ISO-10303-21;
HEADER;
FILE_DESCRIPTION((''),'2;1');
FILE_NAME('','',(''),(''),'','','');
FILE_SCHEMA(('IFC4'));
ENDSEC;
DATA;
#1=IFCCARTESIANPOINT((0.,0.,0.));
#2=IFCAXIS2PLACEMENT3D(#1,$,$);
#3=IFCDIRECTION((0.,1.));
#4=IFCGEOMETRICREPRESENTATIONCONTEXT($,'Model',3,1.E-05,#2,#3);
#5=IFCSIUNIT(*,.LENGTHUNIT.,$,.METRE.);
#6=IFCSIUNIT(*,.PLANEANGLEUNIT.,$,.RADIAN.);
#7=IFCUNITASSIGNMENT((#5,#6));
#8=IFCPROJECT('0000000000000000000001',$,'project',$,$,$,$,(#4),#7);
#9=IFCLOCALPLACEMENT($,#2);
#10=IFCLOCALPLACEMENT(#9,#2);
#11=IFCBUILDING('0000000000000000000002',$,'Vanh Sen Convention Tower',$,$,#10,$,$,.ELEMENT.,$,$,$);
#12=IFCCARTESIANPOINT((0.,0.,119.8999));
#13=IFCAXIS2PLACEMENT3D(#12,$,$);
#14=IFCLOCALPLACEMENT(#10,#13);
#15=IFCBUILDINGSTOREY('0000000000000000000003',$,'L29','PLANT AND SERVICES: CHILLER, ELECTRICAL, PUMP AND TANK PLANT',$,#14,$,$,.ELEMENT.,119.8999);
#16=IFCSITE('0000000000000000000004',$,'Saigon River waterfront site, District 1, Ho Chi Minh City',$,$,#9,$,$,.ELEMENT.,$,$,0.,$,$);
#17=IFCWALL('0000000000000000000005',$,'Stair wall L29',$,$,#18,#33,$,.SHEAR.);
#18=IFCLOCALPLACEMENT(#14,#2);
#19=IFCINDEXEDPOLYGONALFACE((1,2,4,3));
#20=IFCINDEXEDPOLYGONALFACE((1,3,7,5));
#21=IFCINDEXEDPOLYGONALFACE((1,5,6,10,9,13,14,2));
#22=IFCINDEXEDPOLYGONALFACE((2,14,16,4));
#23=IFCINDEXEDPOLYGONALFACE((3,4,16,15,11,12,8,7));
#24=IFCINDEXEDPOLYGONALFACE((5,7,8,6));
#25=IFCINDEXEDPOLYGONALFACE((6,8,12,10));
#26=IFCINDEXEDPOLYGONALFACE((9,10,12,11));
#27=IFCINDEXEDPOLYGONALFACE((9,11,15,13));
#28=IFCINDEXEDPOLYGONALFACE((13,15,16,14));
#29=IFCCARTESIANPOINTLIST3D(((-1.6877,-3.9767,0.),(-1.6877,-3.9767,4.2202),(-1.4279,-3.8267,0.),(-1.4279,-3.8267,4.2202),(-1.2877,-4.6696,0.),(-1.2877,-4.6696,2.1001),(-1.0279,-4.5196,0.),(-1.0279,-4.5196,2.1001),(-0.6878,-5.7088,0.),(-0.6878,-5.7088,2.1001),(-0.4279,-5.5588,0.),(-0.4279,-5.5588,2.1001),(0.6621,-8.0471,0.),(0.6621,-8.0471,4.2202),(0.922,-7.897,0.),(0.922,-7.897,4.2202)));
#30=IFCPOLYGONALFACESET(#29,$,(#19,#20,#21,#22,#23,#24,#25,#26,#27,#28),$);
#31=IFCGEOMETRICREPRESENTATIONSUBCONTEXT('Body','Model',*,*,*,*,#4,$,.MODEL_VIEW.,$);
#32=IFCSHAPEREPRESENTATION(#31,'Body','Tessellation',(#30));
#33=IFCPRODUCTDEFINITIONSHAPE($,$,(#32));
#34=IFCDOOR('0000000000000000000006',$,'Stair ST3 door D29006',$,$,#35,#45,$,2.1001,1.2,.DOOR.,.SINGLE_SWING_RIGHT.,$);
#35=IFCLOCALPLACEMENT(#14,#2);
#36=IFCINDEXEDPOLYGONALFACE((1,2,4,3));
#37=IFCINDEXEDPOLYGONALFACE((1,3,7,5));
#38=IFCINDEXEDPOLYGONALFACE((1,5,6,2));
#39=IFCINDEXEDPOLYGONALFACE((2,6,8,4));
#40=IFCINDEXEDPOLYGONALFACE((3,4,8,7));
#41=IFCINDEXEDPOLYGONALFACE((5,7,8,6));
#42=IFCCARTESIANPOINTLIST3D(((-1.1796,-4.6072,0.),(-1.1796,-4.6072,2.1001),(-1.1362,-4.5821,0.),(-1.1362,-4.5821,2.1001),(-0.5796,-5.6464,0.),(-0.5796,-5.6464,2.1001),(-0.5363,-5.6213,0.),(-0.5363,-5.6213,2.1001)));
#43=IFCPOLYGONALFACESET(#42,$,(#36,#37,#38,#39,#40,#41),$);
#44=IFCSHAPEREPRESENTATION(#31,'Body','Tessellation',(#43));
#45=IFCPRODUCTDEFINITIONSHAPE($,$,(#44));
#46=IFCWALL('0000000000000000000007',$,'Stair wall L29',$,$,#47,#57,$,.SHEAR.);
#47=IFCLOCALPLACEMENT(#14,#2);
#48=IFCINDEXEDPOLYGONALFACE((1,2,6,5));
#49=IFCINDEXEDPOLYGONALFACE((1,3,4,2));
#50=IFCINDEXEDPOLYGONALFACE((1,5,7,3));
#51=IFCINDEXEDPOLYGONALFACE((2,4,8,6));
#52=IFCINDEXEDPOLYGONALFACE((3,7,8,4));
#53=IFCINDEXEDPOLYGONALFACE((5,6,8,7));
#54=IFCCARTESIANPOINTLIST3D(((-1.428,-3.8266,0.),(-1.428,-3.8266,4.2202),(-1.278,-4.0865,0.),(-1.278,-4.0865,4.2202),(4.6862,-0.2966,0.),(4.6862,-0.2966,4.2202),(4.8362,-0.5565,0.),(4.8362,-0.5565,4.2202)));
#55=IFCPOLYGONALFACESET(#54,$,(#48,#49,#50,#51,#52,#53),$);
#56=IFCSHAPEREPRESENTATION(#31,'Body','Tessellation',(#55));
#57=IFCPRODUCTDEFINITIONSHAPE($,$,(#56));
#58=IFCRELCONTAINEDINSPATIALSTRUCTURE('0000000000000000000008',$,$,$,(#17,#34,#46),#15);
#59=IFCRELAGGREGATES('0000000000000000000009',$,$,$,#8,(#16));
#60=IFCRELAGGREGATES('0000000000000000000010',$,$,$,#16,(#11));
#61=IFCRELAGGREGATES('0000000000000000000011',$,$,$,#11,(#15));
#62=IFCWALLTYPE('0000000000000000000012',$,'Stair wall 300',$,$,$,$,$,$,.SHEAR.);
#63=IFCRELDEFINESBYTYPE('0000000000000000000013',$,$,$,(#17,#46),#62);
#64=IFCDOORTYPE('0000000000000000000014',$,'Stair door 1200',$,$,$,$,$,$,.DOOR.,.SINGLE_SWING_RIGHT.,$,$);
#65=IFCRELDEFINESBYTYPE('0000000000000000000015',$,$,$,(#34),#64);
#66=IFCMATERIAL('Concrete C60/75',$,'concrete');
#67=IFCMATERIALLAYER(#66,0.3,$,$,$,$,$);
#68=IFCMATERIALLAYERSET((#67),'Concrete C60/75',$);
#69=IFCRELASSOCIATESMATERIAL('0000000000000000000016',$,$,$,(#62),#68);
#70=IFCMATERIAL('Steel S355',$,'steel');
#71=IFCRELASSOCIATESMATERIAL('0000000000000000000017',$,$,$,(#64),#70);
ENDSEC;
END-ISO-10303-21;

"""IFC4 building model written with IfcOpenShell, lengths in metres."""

from ifc_helpers import new_model, si_unit, direction, frame, frame_2d, origin, place, context, subcontext, project, spatial, rectangle, extrude, material, layer, layer_set, type_object, element, fill, save


model = new_model("IFC4")

# Units and contexts
model_context = context("Model", 3, precision=1e-05, world=origin(), true_north=direction((0.0, 1.0)))
body_context = subcontext(model_context, "Body", "Model", "MODEL_VIEW")
ifc_project = project(units=[si_unit("LENGTHUNIT", "METRE"), si_unit("PLANEANGLEUNIT", "RADIAN")], contexts=[model_context])

# Site, building, storey
site_placement = place(None, origin())
site = spatial("IfcSite", under=ifc_project, at=site_placement, Name="Saigon River waterfront site, District 1, Ho Chi Minh City", CompositionType="ELEMENT", RefElevation=0.0)
building_placement = place(site_placement, origin())
building = spatial("IfcBuilding", under=site, at=building_placement, Name="Vanh Sen Convention Tower", CompositionType="ELEMENT")
storey_placement = place(building_placement, frame((0.0, 0.0, 119.8999)))
storey = spatial("IfcBuildingStorey", under=building, at=storey_placement, Name="L29", Description="PLANT AND SERVICES: CHILLER, ELECTRICAL, PUMP AND TANK PLANT", CompositionType="ELEMENT", Elevation=119.8999)

# Shared definitions
ifc_material_1 = material(Name="Steel S355", Category="steel")

# Shared definitions
ifc_material_2 = material(Name="Concrete C60/75", Category="concrete")
ifc_layer_1 = layer(ifc_material_2, 0.3)
ifc_layer_set_1 = layer_set([ifc_layer_1], Name="Concrete C60/75")
wall_type_1 = type_object("IfcWallType", Name="Stair wall 300", PredefinedType="SHEAR", material=ifc_layer_set_1)

# Wall, opening, door
wall_1_placement = place(storey_placement, frame((-1.5579, -3.9016, 0.0), z_axis=(0.0, 0.0, 1.0), x_axis=(0.499977, -0.866039, 0.0)))
wall_1 = element("IfcWall", 1, at=wall_1_placement, inside=storey, type_object=wall_type_1, Name="Stair wall L29", PredefinedType="SHEAR", context=body_context, shape_type="SweptSolid", body=[
    extrude(rectangle(XDim=4.7, YDim=0.3, at=frame_2d((2.3501, 0.0))), origin(), (0.0, 0.0, 1.0), 4.2202),
])
opening_1_placement = place(wall_1_placement, frame((0.8, 0.0, 0.0)))
opening_1 = element("IfcOpeningElement", 2, at=opening_1_placement, cuts=wall_1, PredefinedType="OPENING", context=body_context, shape_type="SweptSolid", body=[
    extrude(rectangle(XDim=1.2, YDim=2.1001, at=frame_2d((0.6001, 1.05))), frame((0.0, 0.1599, 0.0), z_axis=(0.0, -1.0, 0.0), x_axis=(1.0, 0.0, 0.0)), (0.0, 0.0, 1.0), 0.3201),
])
door_type_1 = type_object("IfcDoorType", Name="Stair door 1200", OperationType="SINGLE_SWING_RIGHT", PredefinedType="DOOR", material=ifc_material_1)
door_1_placement = place(opening_1_placement, origin())
door_1 = element("IfcDoor", 3, at=door_1_placement, inside=storey, type_object=door_type_1, Name="Stair ST3 door D29006", OperationType="SINGLE_SWING_RIGHT", OverallHeight=2.1001, OverallWidth=1.2, PredefinedType="DOOR", context=body_context, shape_type="SweptSolid", body=[
    extrude(rectangle(XDim=1.2, YDim=2.1001, at=frame_2d((0.6001, 1.05))), frame((0.0, 0.0249, 0.0), z_axis=(0.0, -1.0, 0.0), x_axis=(1.0, 0.0, 0.0)), (0.0, 0.0, 1.0), 0.05),
])
fill(opening_1, door_1)

# Wall
wall_2_placement = place(storey_placement, frame((-1.353, -3.9565, 0.0), z_axis=(0.0, 0.0, 1.0), x_axis=(0.866028, 0.499996, 0.0)))
element("IfcWall", 4, at=wall_2_placement, inside=storey, type_object=wall_type_1, Name="Stair wall L29", PredefinedType="SHEAR", context=body_context, shape_type="SweptSolid", body=[
    extrude(rectangle(XDim=7.0601, YDim=0.3, at=frame_2d((3.53, 0.0))), origin(), (0.0, 0.0, 1.0), 4.2202),
])

save(model, "model.ifc")
